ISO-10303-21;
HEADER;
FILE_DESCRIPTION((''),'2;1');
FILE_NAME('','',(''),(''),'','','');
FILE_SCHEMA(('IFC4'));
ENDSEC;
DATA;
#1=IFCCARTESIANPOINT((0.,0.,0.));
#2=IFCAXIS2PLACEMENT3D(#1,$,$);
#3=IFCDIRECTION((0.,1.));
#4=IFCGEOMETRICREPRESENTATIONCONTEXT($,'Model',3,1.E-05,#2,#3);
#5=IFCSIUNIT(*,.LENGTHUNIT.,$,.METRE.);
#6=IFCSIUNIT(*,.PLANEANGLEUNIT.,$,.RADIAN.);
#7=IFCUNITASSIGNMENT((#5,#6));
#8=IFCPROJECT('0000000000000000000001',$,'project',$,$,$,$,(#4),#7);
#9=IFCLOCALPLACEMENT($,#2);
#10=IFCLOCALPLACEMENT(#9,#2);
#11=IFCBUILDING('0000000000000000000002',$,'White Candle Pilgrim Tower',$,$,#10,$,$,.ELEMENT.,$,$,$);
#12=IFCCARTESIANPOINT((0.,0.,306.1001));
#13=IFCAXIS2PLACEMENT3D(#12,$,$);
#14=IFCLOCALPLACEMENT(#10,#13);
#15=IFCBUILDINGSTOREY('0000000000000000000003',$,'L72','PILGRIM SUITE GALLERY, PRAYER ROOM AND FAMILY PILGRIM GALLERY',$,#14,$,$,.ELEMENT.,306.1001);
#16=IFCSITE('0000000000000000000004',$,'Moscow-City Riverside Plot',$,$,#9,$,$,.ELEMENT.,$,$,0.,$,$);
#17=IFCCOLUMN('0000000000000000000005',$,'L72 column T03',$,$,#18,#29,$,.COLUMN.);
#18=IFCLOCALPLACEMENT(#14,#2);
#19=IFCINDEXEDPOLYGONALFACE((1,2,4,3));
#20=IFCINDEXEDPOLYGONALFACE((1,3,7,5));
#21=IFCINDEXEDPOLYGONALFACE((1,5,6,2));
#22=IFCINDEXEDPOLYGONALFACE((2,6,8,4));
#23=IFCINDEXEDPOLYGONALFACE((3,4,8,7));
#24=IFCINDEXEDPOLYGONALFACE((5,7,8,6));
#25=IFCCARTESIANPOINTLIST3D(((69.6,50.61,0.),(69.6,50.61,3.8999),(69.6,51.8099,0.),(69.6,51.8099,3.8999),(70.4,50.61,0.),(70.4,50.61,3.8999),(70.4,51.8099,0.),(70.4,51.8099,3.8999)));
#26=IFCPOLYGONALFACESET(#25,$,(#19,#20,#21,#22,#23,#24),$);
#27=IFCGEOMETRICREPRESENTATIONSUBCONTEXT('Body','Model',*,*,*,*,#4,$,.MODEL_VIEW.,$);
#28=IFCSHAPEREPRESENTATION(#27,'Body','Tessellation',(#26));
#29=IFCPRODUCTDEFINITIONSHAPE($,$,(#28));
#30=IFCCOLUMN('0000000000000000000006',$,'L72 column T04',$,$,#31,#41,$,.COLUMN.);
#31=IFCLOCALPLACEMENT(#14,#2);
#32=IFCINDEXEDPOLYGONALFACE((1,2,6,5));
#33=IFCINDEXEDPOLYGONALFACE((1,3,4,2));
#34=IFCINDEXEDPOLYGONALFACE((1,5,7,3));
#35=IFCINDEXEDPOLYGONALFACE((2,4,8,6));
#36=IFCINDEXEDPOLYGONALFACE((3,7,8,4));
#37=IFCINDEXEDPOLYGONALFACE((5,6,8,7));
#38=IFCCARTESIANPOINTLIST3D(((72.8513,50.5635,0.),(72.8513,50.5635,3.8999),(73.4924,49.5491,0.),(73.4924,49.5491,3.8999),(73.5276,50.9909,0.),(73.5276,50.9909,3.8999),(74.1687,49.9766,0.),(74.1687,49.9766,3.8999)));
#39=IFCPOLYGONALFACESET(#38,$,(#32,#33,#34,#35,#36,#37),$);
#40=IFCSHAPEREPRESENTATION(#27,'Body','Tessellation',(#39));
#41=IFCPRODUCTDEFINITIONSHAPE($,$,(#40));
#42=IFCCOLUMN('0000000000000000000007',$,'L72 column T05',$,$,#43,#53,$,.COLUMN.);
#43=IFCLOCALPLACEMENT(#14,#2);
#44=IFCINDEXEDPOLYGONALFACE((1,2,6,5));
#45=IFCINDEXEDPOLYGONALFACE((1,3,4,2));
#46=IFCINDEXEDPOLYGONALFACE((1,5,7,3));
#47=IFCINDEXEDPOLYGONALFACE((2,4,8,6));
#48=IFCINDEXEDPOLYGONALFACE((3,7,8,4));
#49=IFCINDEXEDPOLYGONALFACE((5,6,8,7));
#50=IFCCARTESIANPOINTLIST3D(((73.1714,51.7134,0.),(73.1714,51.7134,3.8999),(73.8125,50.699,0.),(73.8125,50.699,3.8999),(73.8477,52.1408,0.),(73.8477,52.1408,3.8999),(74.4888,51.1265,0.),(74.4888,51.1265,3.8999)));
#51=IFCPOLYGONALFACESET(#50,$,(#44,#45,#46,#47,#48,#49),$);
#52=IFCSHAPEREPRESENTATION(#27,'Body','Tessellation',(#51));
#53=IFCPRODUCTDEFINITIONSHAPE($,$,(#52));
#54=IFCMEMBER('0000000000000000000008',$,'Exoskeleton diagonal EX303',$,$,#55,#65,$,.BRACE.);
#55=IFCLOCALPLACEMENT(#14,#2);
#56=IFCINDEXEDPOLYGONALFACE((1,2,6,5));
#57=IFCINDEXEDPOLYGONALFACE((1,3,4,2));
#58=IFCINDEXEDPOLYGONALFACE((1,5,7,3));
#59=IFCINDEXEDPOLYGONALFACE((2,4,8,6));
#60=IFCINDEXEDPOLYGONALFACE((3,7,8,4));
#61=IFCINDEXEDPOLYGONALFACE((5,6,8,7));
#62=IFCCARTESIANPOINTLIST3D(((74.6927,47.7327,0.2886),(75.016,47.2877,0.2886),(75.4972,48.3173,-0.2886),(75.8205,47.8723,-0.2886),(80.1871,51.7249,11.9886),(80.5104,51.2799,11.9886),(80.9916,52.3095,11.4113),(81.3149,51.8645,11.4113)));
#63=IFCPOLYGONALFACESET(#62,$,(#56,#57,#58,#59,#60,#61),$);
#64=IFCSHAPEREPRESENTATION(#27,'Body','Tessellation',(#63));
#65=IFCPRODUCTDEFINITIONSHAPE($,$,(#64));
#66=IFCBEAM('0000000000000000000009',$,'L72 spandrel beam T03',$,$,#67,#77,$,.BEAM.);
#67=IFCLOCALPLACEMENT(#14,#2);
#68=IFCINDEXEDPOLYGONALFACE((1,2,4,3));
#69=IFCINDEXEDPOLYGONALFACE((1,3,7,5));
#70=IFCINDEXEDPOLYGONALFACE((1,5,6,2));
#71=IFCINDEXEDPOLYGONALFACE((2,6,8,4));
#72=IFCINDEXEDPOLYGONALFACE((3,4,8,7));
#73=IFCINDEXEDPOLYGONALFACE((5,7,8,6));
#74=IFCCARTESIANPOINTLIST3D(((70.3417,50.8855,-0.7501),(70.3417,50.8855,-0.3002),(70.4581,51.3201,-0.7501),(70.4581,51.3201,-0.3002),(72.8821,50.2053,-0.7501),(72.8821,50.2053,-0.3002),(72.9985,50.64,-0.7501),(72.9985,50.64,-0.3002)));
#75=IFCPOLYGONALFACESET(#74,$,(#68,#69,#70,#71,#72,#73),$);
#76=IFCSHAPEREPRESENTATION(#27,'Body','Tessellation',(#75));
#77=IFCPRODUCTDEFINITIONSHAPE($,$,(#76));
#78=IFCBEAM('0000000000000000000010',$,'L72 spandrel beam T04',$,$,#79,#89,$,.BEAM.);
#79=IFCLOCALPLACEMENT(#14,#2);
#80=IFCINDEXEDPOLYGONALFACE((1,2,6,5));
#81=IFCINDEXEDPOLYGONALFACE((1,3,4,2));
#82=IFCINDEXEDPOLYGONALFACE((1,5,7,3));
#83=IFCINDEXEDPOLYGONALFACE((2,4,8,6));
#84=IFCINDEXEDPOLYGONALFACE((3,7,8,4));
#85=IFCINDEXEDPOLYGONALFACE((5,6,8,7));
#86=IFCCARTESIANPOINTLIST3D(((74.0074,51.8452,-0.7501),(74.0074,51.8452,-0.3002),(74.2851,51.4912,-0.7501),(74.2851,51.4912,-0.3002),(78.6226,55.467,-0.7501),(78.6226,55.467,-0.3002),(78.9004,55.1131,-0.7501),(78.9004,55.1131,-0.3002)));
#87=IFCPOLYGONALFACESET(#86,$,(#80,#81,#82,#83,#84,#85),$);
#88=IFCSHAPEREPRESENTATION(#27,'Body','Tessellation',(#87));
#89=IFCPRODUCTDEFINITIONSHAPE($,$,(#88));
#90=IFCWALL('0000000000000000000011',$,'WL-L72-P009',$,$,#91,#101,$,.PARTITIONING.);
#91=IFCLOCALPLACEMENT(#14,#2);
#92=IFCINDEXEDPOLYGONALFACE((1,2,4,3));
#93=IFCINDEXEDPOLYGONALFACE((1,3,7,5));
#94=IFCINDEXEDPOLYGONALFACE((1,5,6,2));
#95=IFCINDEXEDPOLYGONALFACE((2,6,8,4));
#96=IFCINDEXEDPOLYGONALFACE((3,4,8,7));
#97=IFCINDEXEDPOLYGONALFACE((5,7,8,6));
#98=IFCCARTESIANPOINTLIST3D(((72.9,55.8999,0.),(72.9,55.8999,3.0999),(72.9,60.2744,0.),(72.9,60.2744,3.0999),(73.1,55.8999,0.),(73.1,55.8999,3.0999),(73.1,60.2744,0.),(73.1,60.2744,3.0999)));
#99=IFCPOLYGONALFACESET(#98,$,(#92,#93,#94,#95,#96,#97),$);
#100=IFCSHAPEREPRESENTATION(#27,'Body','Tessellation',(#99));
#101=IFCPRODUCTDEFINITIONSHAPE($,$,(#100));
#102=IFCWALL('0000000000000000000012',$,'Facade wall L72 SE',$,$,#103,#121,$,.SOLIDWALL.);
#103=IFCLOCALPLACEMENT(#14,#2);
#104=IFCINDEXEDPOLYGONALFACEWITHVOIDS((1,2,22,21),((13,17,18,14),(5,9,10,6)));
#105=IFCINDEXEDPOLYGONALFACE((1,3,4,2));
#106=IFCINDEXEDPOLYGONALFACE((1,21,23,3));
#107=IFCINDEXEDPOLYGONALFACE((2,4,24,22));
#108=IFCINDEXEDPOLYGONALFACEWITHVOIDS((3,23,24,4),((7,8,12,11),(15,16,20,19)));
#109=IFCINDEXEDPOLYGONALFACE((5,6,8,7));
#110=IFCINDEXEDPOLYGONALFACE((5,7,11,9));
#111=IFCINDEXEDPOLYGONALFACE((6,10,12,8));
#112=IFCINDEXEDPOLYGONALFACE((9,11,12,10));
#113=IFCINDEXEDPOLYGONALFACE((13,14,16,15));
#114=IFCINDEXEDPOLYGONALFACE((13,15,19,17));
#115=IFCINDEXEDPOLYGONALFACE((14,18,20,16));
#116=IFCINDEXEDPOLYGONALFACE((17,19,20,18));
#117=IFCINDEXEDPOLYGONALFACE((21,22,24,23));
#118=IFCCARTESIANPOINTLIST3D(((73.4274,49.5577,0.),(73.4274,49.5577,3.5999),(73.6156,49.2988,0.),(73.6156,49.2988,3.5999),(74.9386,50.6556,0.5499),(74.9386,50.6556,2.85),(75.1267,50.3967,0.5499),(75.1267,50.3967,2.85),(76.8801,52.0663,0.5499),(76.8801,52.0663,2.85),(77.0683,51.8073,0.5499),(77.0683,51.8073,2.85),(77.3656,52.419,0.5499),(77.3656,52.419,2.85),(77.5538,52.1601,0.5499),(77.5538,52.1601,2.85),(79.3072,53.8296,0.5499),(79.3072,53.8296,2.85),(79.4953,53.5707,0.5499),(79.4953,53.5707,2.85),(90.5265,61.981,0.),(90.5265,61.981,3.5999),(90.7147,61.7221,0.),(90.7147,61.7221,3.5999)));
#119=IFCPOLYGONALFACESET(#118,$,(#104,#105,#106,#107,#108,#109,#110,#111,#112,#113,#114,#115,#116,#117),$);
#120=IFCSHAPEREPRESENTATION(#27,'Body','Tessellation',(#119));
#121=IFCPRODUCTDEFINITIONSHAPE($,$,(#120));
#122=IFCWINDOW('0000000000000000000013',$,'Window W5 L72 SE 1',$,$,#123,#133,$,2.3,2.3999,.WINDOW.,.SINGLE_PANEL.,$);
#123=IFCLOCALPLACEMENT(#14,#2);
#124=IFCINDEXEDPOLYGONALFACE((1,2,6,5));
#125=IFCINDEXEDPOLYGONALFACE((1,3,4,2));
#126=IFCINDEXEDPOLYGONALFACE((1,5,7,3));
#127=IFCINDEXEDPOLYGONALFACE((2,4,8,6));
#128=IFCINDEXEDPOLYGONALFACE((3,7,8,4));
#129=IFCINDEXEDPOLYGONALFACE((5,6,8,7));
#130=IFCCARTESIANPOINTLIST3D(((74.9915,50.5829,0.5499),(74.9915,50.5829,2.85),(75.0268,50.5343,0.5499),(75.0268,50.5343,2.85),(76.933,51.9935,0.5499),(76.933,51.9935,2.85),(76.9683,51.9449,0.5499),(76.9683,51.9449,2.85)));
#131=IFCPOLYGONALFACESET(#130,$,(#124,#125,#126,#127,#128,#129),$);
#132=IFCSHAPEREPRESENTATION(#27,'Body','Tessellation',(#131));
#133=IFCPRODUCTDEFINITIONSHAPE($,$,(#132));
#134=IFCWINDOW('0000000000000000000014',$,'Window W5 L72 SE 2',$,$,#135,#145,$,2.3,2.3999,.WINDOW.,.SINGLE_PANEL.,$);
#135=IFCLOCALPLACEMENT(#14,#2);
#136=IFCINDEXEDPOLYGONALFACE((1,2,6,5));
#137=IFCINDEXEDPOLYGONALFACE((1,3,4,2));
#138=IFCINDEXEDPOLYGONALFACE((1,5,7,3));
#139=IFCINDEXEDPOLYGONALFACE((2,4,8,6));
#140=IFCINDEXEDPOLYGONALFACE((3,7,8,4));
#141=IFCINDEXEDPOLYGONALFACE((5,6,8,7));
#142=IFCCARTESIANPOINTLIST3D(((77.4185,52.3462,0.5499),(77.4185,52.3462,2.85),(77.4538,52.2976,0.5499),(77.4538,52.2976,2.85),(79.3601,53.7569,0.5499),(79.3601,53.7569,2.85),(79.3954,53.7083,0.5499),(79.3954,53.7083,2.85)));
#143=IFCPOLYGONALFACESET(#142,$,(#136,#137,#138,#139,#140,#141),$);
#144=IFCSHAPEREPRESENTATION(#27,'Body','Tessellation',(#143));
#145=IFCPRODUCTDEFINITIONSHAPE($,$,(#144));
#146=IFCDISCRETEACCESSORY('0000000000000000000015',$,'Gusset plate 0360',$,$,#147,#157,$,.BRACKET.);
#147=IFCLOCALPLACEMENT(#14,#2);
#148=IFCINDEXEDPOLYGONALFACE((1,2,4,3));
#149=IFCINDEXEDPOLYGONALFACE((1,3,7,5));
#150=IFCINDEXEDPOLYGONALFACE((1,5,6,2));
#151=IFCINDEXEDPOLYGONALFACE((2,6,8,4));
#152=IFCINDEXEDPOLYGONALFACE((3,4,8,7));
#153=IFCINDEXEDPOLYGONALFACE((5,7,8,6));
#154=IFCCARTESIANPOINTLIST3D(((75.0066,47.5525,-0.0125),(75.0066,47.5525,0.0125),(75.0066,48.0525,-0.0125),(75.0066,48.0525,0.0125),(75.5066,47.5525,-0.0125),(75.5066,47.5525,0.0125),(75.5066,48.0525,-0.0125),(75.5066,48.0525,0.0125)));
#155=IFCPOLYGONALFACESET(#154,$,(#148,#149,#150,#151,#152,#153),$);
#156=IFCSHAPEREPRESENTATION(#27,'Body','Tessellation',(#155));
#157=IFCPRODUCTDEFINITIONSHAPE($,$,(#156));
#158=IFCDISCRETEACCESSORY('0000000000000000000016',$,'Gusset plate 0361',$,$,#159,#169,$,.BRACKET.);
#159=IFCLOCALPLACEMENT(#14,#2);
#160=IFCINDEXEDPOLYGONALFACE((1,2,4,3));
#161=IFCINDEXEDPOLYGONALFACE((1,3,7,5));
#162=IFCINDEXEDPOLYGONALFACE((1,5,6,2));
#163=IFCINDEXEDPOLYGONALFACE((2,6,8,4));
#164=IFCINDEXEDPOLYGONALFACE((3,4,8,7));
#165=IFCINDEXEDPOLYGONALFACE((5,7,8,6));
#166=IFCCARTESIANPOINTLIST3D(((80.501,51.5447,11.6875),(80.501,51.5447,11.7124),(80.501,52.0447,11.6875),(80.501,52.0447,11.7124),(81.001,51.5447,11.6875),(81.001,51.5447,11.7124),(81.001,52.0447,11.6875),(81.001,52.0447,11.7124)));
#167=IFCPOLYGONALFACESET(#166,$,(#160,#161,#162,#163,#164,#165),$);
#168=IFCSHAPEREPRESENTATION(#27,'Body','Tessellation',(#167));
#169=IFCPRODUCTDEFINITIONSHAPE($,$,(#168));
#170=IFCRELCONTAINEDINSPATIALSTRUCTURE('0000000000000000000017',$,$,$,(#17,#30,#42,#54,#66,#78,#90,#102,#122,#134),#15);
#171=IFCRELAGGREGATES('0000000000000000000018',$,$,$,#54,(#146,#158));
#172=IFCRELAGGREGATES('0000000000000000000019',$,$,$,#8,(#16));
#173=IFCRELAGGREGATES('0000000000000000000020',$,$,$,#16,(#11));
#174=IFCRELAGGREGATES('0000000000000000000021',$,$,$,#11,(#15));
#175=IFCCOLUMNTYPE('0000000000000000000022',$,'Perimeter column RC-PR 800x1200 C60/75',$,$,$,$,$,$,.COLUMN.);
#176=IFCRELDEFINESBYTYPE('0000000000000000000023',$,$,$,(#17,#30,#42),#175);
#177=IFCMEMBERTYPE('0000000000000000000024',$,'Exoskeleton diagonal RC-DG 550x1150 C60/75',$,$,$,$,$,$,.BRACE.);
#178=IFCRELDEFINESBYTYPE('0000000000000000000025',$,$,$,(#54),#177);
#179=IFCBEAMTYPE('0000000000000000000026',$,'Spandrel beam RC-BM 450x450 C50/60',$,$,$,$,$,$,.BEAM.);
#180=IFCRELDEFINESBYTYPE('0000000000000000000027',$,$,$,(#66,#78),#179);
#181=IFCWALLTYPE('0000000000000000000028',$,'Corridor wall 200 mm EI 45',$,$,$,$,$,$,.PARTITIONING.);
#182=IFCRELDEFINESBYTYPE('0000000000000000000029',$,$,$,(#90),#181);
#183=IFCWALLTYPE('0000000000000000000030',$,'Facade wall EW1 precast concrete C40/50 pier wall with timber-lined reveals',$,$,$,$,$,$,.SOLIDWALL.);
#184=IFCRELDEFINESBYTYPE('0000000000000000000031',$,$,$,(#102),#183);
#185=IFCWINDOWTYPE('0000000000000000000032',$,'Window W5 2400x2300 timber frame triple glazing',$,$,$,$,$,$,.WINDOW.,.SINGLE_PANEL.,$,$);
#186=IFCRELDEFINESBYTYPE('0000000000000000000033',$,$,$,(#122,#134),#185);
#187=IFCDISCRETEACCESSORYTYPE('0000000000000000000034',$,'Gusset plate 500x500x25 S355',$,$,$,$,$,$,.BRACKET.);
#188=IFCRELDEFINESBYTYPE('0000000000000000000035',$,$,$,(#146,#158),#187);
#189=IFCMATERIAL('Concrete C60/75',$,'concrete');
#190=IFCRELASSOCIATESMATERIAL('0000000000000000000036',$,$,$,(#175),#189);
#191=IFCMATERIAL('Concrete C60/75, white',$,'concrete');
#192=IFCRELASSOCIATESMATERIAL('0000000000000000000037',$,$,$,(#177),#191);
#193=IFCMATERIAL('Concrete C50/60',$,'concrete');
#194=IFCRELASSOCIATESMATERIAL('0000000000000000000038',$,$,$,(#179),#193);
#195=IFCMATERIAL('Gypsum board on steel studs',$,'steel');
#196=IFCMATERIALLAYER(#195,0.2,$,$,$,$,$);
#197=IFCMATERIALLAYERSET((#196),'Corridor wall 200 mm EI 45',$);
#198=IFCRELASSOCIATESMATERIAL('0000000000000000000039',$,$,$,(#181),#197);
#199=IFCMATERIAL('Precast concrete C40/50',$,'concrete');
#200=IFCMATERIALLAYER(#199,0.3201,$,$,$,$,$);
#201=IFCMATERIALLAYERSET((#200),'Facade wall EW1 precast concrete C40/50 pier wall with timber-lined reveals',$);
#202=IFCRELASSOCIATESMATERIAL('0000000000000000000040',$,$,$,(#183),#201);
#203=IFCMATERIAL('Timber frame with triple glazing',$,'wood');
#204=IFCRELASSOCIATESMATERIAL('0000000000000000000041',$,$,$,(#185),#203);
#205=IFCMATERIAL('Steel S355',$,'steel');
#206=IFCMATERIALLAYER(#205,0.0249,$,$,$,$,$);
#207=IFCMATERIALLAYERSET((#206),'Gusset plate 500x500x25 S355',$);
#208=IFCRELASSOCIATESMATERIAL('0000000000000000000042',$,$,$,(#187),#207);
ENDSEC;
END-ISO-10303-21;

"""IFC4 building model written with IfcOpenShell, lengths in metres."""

from ifc_helpers import new_model, si_unit, direction, frame, frame_2d, origin, origin_2d, place, context, subcontext, project, spatial, rectangle, extrude, material, layer, layer_set, material_profile, profile_set, type_object, element, fill, aggregate, save


model = new_model("IFC4")

# Units and contexts
model_context = context("Model", 3, precision=1e-05, world=origin(), true_north=direction((0.0, 1.0)))
body_context = subcontext(model_context, "Body", "Model", "MODEL_VIEW")
ifc_project = project(units=[si_unit("LENGTHUNIT", "METRE"), si_unit("PLANEANGLEUNIT", "RADIAN")], contexts=[model_context])

# Site, building, storey
site_placement = place(None, origin())
site = spatial("IfcSite", under=ifc_project, at=site_placement, Name="Moscow-City Riverside Plot", CompositionType="ELEMENT", RefElevation=0.0)
building_placement = place(site_placement, origin())
building = spatial("IfcBuilding", under=site, at=building_placement, Name="White Candle Pilgrim Tower", CompositionType="ELEMENT")
storey_placement = place(building_placement, frame((0.0, 0.0, 306.1001)))
storey = spatial("IfcBuildingStorey", under=building, at=storey_placement, Name="L72", Description="PILGRIM SUITE GALLERY, PRAYER ROOM AND FAMILY PILGRIM GALLERY", CompositionType="ELEMENT", Elevation=306.1001)

# Columns
ifc_material_1 = material(Name="Concrete C60/75", Category="concrete")
ifc_material_profile_1 = material_profile(ifc_material_1, rectangle(XDim=0.8, YDim=1.2, at=origin_2d()), Name="RC-PR 800x1200")
ifc_profile_set_1 = profile_set([ifc_material_profile_1], Name="Concrete C60/75")
column_type = type_object("IfcColumnType", Name="Perimeter column RC-PR 800x1200 C60/75", PredefinedType="COLUMN", material=ifc_profile_set_1)
for number, where, z_axis, x_axis, name in (
    (1, (70.0, 51.21, 0.0), (0.0, 0.0, 1.0), (-1.0, 0.0, 0.0), "L72 column T03"),
    (2, (73.51, 50.27, 0.0), (0.0, 0.0, 1.0), (-0.845318, -0.534264, 0.0), "L72 column T04"),
    (3, (73.8301, 51.4199, 0.0), (0.0, 0.0, 1.0), (-0.845318, -0.534264, 0.0), "L72 column T05"),
):
    element("IfcColumn", number, at=place(storey_placement, frame(where, z_axis=z_axis, x_axis=x_axis)), inside=storey, type_object=column_type, Name=name, PredefinedType="COLUMN", context=body_context, shape_type="SweptSolid", body=[
        extrude(rectangle(XDim=0.8, YDim=1.2, at=origin_2d()), origin(), (0.0, 0.0, 1.0), 3.8999),
    ])

# Member
ifc_material_2 = material(Name="Concrete C60/75, white", Category="concrete")
ifc_material_profile_2 = material_profile(ifc_material_2, rectangle(XDim=0.55, YDim=1.1499, at=origin_2d()), Name="RC-DG 550x1150")
ifc_profile_set_2 = profile_set([ifc_material_profile_2], Name="Concrete C60/75, white")
member_type = type_object("IfcMemberType", Name="Exoskeleton diagonal RC-DG 550x1150 C60/75", PredefinedType="BRACE", material=ifc_profile_set_2)
member_placement = place(storey_placement, frame((75.2566, 47.8025, 0.0), z_axis=(0.40614, 0.295099, 0.864851), x_axis=(-0.587813, 0.808997, 0.0)))
member = element("IfcMember", 4, at=member_placement, inside=storey, type_object=member_type, Name="Exoskeleton diagonal EX303", PredefinedType="BRACE", context=body_context, shape_type="SweptSolid", body=[
    extrude(rectangle(XDim=0.55, YDim=1.1499, at=origin_2d()), origin(), (0.0, 0.0, 1.0), 13.5283),
])

# Beams
ifc_material_3 = material(Name="Concrete C50/60", Category="concrete")
ifc_material_profile_3 = material_profile(ifc_material_3, rectangle(XDim=0.45, YDim=0.45, at=origin_2d()), Name="RC-BM 450x450")
ifc_profile_set_3 = profile_set([ifc_material_profile_3], Name="Concrete C50/60")
beam_type = type_object("IfcBeamType", Name="Spandrel beam RC-BM 450x450 C50/60", PredefinedType="BEAM", material=ifc_profile_set_3)
beam_1_placement = place(storey_placement, frame((70.3999, 51.1028, -0.5251), z_axis=(0.965979, -0.258622, 0.0), x_axis=(0.258622, 0.965979, 0.0)))
element("IfcBeam", 5, at=beam_1_placement, inside=storey, type_object=beam_type, Name="L72 spandrel beam T03", PredefinedType="BEAM", context=body_context, shape_type="SweptSolid", body=[
    extrude(rectangle(XDim=0.45, YDim=0.45, at=origin_2d()), origin(), (0.0, 0.0, 1.0), 2.6299),
])
beam_2_placement = place(storey_placement, frame((74.1462, 51.6682, -0.5251), z_axis=(0.786685, 0.617355, 0.0), x_axis=(-0.617355, 0.786685, 0.0)))
element("IfcBeam", 6, at=beam_2_placement, inside=storey, type_object=beam_type, Name="L72 spandrel beam T04", PredefinedType="BEAM", context=body_context, shape_type="SweptSolid", body=[
    extrude(rectangle(XDim=0.45, YDim=0.45, at=origin_2d()), origin(), (0.0, 0.0, 1.0), 5.8667),
])

# Wall
ifc_material_4 = material(Name="Gypsum board on steel studs", Category="steel")
ifc_layer_1 = layer(ifc_material_4, 0.2)
ifc_layer_set_1 = layer_set([ifc_layer_1], Name="Corridor wall 200 mm EI 45")
wall_type_1 = type_object("IfcWallType", Name="Corridor wall 200 mm EI 45", PredefinedType="PARTITIONING", material=ifc_layer_set_1)
wall_1_placement = place(storey_placement, frame((73.0, 55.8999, 0.0), z_axis=(0.0, 0.0, 1.0), x_axis=(0.0, 1.0, 0.0)))
element("IfcWall", 7, at=wall_1_placement, inside=storey, type_object=wall_type_1, Name="WL-L72-P009", PredefinedType="PARTITIONING", context=body_context, shape_type="SweptSolid", body=[
    extrude(rectangle(XDim=4.3745, YDim=0.2, at=frame_2d((2.1873, 0.0))), origin(), (0.0, 0.0, 1.0), 3.0999),
])

# Wall, openings, windows
ifc_material_5 = material(Name="Precast concrete C40/50", Category="concrete")
ifc_layer_2 = layer(ifc_material_5, 0.3201)
ifc_layer_set_2 = layer_set([ifc_layer_2], Name="Facade wall EW1 precast concrete C40/50 pier wall with timber-lined reveals")
wall_type_2 = type_object("IfcWallType", Name="Facade wall EW1 precast concrete C40/50 pier wall with timber-lined reveals", PredefinedType="SOLIDWALL", material=ifc_layer_set_2)
wall_2_placement = place(storey_placement, frame((73.5215, 49.4282, 0.0), z_axis=(0.0, 0.0, 1.0), x_axis=(0.809015, 0.587788, 0.0)))
wall_2 = element("IfcWall", 8, at=wall_2_placement, inside=storey, type_object=wall_type_2, Name="Facade wall L72 SE", PredefinedType="SOLIDWALL", context=body_context, shape_type="SweptSolid", body=[
    extrude(rectangle(XDim=21.1357, YDim=0.3201, at=frame_2d((10.5679, 0.0))), origin(), (0.0, 0.0, 1.0), 3.5999),
])
opening_1_placement = place(wall_2_placement, frame((1.8679, 0.0, 0.55)))
opening_1 = element("IfcOpeningElement", 9, at=opening_1_placement, cuts=wall_2, PredefinedType="OPENING", context=body_context, shape_type="SweptSolid", body=[
    extrude(rectangle(XDim=2.3999, YDim=2.3, at=frame_2d((1.2, 1.1499))), frame((0.0, 0.1699, 0.0), z_axis=(0.0, -1.0, 0.0), x_axis=(1.0, 0.0, 0.0)), (0.0, 0.0, 1.0), 0.3401),
])
opening_2_placement = place(wall_2_placement, frame((4.8679, 0.0, 0.55)))
opening_2 = element("IfcOpeningElement", 10, at=opening_2_placement, cuts=wall_2, PredefinedType="OPENING", context=body_context, shape_type="SweptSolid", body=[
    extrude(rectangle(XDim=2.3999, YDim=2.3, at=frame_2d((1.2, 1.1499))), frame((0.0, 0.1699, 0.0), z_axis=(0.0, -1.0, 0.0), x_axis=(1.0, 0.0, 0.0)), (0.0, 0.0, 1.0), 0.3401),
])
ifc_material_6 = material(Name="Timber frame with triple glazing", Category="wood")
window_type = type_object("IfcWindowType", Name="Window W5 2400x2300 timber frame triple glazing", PartitioningType="SINGLE_PANEL", PredefinedType="WINDOW", material=ifc_material_6)
window_1_placement = place(opening_1_placement, origin())
window_1 = element("IfcWindow", 11, at=window_1_placement, inside=storey, type_object=window_type, Name="Window W5 L72 SE 1", OverallHeight=2.3, OverallWidth=2.3999, PartitioningType="SINGLE_PANEL", PredefinedType="WINDOW", context=body_context, shape_type="SweptSolid", body=[
    extrude(rectangle(XDim=2.3999, YDim=2.3, at=frame_2d((1.2, 1.1499))), frame((0.0, 0.0701, 0.0), z_axis=(0.0, -1.0, 0.0), x_axis=(1.0, 0.0, 0.0)), (0.0, 0.0, 1.0), 0.0601),
])
fill(opening_1, window_1)
window_2_placement = place(opening_2_placement, origin())
window_2 = element("IfcWindow", 12, at=window_2_placement, inside=storey, type_object=window_type, Name="Window W5 L72 SE 2", OverallHeight=2.3, OverallWidth=2.3999, PartitioningType="SINGLE_PANEL", PredefinedType="WINDOW", context=body_context, shape_type="SweptSolid", body=[
    extrude(rectangle(XDim=2.3999, YDim=2.3, at=frame_2d((1.2, 1.1499))), frame((0.0, 0.0701, 0.0), z_axis=(0.0, -1.0, 0.0), x_axis=(1.0, 0.0, 0.0)), (0.0, 0.0, 1.0), 0.0601),
])
fill(opening_2, window_2)

# Discrete accessories
ifc_material_7 = material(Name="Steel S355", Category="steel")
ifc_layer_3 = layer(ifc_material_7, 0.0249)
ifc_layer_set_3 = layer_set([ifc_layer_3], Name="Gusset plate 500x500x25 S355")
discrete_accessory_type = type_object("IfcDiscreteAccessoryType", Name="Gusset plate 500x500x25 S355", PredefinedType="BRACKET", material=ifc_layer_set_3)
discrete_accessory_1_placement = place(storey_placement, frame((75.2566, 47.8025, -0.0125), z_axis=(0.0, 0.0, 1.0), x_axis=(1.0, 0.0, 0.0)))
discrete_accessory_1 = element("IfcDiscreteAccessory", 13, at=discrete_accessory_1_placement, type_object=discrete_accessory_type, Name="Gusset plate 0360", PredefinedType="BRACKET", context=body_context, shape_type="SweptSolid", body=[
    extrude(rectangle(XDim=0.5, YDim=0.5, at=origin_2d()), origin(), (0.0, 0.0, 1.0), 0.0249),
])
placement = place(building_placement, frame((0.0, 0.0, 317.8)))
discrete_accessory_2_placement = place(placement, frame((80.751, 51.7947, -0.0125), z_axis=(0.0, 0.0, 1.0), x_axis=(1.0, 0.0, 0.0)))
discrete_accessory_2 = element("IfcDiscreteAccessory", 14, at=discrete_accessory_2_placement, type_object=discrete_accessory_type, Name="Gusset plate 0361", PredefinedType="BRACKET", context=body_context, shape_type="SweptSolid", body=[
    extrude(rectangle(XDim=0.5, YDim=0.5, at=origin_2d()), origin(), (0.0, 0.0, 1.0), 0.0249),
])
aggregate(member, [discrete_accessory_1, discrete_accessory_2])

save(model, "model.ifc")
